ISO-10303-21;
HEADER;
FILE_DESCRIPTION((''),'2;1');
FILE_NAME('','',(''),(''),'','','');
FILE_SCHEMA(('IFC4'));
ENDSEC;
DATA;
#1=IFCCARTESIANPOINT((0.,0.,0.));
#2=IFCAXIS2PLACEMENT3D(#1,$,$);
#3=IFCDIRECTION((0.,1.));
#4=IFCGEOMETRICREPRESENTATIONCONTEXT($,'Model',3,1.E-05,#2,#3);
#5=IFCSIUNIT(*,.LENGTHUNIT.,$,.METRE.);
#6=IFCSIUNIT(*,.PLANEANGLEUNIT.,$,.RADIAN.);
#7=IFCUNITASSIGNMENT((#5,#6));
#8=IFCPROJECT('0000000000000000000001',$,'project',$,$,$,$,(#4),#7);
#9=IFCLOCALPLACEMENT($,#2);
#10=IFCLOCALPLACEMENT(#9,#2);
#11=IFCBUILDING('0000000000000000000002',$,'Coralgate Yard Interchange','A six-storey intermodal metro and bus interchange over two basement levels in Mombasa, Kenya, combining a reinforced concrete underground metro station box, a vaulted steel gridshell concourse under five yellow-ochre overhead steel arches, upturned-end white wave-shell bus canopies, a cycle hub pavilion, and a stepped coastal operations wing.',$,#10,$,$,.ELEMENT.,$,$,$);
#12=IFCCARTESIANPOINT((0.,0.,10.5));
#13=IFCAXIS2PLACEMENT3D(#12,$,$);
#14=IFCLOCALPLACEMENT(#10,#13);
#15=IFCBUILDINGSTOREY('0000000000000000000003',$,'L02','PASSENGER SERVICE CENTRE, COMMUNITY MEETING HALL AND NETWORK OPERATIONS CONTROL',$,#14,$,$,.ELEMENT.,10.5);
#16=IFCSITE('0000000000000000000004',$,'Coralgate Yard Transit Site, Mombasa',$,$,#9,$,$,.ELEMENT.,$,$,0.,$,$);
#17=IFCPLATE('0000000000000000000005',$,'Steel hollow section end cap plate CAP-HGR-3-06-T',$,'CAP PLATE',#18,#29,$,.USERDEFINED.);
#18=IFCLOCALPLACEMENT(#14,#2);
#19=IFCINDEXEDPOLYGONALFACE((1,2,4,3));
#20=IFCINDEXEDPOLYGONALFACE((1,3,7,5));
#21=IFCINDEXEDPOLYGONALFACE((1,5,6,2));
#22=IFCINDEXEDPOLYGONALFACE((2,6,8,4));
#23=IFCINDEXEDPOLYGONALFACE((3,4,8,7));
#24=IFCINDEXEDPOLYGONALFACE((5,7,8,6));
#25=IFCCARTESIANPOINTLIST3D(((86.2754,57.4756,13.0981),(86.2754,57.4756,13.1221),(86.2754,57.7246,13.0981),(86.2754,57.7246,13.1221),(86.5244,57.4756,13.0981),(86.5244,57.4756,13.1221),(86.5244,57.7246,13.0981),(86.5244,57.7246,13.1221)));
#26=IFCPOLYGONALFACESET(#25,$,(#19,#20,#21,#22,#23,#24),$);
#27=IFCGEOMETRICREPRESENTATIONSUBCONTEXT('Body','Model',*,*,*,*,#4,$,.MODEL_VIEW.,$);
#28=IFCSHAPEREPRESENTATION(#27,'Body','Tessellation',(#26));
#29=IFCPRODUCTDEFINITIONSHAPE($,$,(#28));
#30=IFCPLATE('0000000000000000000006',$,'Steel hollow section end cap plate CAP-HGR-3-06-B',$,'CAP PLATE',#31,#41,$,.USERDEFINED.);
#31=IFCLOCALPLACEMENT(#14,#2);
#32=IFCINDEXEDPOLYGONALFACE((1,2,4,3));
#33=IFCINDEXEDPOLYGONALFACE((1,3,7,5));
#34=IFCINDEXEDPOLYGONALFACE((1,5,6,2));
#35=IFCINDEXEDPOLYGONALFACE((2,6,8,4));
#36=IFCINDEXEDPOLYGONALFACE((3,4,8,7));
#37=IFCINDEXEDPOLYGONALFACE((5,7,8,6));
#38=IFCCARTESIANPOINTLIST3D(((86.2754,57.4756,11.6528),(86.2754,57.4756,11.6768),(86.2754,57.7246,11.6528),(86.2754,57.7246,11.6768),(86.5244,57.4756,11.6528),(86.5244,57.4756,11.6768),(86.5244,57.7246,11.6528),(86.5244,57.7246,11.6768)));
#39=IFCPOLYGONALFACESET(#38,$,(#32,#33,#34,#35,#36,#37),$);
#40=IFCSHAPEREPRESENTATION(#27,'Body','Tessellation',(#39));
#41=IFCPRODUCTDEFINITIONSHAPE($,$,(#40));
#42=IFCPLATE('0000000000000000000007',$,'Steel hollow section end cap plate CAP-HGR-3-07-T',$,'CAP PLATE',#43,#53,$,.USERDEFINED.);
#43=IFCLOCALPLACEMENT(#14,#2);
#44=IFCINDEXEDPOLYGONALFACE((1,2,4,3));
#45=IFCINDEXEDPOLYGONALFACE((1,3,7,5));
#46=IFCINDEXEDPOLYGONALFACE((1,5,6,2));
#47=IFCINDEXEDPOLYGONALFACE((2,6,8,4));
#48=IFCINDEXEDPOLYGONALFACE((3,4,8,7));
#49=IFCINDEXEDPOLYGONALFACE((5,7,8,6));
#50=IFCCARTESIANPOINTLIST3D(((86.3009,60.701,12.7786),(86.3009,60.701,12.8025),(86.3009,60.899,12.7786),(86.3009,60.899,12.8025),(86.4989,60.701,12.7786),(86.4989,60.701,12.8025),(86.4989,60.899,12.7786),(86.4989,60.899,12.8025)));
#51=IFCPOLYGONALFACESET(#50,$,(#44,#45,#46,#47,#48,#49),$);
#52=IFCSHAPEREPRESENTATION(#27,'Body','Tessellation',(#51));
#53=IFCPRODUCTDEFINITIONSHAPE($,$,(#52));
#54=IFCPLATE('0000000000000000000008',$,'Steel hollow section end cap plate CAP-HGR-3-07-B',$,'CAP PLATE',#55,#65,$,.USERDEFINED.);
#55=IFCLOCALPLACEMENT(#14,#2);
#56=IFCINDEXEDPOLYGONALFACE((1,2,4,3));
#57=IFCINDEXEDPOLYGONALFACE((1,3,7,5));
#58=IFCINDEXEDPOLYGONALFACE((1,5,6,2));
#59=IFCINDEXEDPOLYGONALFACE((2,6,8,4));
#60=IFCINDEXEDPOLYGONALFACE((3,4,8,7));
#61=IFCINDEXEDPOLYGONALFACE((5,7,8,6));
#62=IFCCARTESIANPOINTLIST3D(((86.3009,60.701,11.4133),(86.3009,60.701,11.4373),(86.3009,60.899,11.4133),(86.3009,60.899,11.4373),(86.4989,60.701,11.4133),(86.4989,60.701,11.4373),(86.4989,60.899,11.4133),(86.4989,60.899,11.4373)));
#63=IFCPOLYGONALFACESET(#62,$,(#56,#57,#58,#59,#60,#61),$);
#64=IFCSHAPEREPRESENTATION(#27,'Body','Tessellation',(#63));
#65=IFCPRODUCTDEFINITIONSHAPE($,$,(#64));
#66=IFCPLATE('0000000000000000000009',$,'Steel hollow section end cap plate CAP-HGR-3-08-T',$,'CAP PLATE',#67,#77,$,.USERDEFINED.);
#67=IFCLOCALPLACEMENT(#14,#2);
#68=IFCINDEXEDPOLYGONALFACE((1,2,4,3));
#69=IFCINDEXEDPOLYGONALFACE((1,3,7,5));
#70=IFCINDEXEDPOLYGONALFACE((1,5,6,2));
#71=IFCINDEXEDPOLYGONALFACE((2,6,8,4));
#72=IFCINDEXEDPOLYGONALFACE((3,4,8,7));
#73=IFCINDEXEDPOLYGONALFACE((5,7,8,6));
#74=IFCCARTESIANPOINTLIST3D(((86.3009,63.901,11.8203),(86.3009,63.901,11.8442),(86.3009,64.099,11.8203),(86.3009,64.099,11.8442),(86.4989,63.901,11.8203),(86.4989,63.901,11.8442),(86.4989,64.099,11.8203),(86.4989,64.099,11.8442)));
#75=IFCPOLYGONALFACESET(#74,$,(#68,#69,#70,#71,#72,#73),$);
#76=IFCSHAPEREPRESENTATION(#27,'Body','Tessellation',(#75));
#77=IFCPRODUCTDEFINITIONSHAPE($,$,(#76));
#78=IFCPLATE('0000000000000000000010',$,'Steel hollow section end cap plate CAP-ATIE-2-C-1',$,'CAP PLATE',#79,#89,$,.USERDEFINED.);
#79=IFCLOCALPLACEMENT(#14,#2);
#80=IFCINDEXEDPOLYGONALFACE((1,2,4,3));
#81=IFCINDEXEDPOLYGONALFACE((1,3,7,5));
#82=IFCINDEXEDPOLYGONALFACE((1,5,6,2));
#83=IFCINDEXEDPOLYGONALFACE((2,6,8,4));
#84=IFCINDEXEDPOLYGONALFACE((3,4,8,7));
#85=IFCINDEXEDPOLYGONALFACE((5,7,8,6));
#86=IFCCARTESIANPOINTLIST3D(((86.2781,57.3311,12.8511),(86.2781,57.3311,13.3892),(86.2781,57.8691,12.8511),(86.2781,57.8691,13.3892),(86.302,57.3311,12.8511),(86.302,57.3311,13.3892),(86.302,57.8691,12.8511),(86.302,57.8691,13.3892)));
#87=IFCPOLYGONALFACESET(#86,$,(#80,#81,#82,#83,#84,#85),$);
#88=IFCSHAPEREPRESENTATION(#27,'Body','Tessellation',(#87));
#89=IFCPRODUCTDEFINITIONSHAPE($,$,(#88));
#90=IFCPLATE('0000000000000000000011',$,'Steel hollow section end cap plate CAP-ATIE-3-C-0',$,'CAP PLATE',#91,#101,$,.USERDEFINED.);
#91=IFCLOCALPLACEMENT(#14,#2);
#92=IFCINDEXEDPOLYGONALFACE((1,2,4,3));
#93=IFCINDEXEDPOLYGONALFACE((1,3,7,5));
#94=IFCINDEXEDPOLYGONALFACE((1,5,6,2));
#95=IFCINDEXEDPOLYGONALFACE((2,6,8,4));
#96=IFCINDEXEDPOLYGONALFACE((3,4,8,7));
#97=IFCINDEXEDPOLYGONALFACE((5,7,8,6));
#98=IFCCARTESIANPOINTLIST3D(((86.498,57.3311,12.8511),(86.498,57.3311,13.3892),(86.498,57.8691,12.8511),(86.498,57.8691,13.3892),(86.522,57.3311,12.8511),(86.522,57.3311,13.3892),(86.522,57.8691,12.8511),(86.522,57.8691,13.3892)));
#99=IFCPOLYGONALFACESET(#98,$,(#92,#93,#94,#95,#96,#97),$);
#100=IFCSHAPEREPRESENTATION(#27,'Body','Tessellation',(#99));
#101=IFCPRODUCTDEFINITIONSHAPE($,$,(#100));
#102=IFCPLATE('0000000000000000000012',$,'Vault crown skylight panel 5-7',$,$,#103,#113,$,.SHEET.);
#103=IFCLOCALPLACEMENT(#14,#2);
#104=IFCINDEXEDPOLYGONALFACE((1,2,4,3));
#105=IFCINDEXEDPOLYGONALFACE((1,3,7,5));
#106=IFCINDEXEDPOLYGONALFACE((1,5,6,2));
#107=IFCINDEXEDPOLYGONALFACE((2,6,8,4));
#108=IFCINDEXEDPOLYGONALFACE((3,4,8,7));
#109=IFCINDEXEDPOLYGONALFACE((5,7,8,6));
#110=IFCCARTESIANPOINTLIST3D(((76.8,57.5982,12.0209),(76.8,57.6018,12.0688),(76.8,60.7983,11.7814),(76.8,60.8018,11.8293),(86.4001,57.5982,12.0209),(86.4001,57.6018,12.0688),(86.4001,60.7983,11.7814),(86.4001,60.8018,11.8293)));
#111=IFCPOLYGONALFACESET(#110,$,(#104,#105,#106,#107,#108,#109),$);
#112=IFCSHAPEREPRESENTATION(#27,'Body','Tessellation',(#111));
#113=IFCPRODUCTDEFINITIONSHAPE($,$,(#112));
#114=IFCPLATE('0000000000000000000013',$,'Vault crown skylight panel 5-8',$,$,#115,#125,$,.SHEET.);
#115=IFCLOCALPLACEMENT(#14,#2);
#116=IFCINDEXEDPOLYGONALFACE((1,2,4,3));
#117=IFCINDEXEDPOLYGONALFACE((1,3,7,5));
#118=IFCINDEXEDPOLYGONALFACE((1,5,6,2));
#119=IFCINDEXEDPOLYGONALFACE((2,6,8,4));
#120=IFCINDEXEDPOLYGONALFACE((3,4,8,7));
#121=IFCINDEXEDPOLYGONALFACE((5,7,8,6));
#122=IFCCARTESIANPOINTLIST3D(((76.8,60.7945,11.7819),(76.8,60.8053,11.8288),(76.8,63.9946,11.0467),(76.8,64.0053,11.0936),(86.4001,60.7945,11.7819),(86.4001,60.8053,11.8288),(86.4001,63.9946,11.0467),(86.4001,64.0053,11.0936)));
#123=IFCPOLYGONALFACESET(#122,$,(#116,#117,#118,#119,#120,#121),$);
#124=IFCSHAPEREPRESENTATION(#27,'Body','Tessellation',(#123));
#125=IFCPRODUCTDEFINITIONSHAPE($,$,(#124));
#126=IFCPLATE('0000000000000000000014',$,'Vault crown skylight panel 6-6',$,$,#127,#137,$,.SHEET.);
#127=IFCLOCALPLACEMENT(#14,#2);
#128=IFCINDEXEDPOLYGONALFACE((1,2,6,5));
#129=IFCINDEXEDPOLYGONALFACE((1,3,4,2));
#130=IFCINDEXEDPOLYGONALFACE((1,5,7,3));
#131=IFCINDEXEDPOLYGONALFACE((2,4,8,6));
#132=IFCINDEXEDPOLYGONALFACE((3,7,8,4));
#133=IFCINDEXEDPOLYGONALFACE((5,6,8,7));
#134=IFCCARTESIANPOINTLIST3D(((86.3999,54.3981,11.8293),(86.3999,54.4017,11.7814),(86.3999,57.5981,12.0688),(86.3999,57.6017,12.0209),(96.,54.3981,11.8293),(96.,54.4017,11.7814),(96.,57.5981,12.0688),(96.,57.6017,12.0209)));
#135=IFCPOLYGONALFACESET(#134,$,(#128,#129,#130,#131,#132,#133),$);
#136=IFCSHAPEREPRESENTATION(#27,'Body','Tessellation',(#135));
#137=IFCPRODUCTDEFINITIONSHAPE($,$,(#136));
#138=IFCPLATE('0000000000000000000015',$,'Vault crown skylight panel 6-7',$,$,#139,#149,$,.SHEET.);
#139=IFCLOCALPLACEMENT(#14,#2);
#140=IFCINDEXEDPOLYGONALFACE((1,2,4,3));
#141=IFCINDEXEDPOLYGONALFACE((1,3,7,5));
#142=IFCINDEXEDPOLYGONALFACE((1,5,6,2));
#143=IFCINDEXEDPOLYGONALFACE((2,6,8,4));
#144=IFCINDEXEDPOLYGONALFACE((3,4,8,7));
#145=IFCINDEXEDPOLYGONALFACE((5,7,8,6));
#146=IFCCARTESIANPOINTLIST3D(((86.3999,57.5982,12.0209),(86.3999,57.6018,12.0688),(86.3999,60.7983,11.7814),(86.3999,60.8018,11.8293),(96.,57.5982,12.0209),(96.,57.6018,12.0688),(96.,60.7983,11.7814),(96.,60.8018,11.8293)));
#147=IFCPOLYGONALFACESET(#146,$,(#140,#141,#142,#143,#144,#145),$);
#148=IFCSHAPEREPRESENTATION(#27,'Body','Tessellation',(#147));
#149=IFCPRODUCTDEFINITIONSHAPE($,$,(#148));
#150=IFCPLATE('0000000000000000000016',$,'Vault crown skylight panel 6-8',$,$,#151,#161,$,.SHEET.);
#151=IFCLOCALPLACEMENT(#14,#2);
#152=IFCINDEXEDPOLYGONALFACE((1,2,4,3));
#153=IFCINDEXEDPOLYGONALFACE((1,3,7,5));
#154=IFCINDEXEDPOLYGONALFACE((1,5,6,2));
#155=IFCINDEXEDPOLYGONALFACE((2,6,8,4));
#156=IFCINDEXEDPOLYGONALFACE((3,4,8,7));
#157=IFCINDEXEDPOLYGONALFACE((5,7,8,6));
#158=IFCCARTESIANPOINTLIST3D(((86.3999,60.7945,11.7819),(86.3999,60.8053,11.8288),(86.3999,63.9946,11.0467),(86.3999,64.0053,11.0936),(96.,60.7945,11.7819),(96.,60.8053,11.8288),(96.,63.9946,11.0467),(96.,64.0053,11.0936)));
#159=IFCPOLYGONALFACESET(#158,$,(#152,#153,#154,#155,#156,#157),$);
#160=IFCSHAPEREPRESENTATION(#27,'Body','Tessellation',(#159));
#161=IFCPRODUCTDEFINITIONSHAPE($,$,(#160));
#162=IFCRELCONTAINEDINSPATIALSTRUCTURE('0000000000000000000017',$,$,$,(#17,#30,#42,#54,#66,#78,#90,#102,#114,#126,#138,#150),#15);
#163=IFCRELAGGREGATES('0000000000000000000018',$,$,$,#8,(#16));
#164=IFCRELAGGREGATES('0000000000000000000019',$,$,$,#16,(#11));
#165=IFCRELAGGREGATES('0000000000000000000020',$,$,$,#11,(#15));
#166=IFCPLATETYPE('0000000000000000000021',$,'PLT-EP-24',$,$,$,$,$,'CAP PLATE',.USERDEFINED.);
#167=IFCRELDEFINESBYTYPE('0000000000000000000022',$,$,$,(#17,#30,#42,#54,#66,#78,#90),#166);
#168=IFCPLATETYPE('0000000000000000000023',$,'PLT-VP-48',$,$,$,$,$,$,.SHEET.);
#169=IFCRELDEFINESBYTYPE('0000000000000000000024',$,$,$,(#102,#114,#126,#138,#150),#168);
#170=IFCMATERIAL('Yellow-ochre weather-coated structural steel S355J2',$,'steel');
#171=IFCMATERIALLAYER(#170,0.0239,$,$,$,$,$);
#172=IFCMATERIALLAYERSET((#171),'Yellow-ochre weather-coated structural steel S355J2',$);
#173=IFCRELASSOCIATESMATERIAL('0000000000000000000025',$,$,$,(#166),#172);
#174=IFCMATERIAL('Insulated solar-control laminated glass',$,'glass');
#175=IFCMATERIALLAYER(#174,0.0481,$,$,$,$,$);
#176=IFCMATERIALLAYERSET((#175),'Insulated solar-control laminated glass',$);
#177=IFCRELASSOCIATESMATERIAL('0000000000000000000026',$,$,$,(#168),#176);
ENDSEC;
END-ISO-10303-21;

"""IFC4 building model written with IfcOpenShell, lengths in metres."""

from ifc_helpers import new_model, si_unit, direction, frame, origin, origin_2d, place, context, subcontext, project, spatial, rectangle, extrude, material, layer, layer_set, type_object, element, save


model = new_model("IFC4")

# Units and contexts
model_context = context("Model", 3, precision=1e-05, world=origin(), true_north=direction((0.0, 1.0)))
body_context = subcontext(model_context, "Body", "Model", "MODEL_VIEW")
ifc_project = project(units=[si_unit("LENGTHUNIT", "METRE"), si_unit("PLANEANGLEUNIT", "RADIAN")], contexts=[model_context])

# Site, building, storey
site_placement = place(None, origin())
site = spatial("IfcSite", under=ifc_project, at=site_placement, Name="Coralgate Yard Transit Site, Mombasa", CompositionType="ELEMENT", RefElevation=0.0)
building_placement = place(site_placement, origin())
building = spatial("IfcBuilding", under=site, at=building_placement, Name="Coralgate Yard Interchange", Description="A six-storey intermodal metro and bus interchange over two basement levels in Mombasa, Kenya, combining a reinforced concrete underground metro station box, a vaulted steel gridshell concourse under five yellow-ochre overhead steel arches, upturned-end white wave-shell bus canopies, a cycle hub pavilion, and a stepped coastal operations wing.", CompositionType="ELEMENT")
storey_placement = place(building_placement, frame((0.0, 0.0, 10.5)))
storey = spatial("IfcBuildingStorey", under=building, at=storey_placement, Name="L02", Description="PASSENGER SERVICE CENTRE, COMMUNITY MEETING HALL AND NETWORK OPERATIONS CONTROL", CompositionType="ELEMENT", Elevation=10.5)

# Shared definitions
ifc_material_1 = material(Name="Yellow-ochre weather-coated structural steel S355J2", Category="steel")

# Plates
ifc_layer_1 = layer(ifc_material_1, 0.0239)
ifc_layer_set_1 = layer_set([ifc_layer_1], Name="Yellow-ochre weather-coated structural steel S355J2")
plate_type_1 = type_object("IfcPlateType", Name="PLT-EP-24", ElementType="CAP PLATE", PredefinedType="USERDEFINED", material=ifc_layer_set_1)
for number, where, z_axis, x_axis, name in (
    (1, (86.3999, 57.6001, 13.0981), (0.0, 0.0, 1.0), (1.0, 0.0, 0.0), "Steel hollow section end cap plate CAP-HGR-3-06-T"),
    (2, (86.3999, 57.6001, 11.6768), (0.0, 0.0, -1.0), (1.0, 0.0, 0.0), "Steel hollow section end cap plate CAP-HGR-3-06-B"),
):
    element("IfcPlate", number, at=place(storey_placement, frame(where, z_axis=z_axis, x_axis=x_axis)), inside=storey, type_object=plate_type_1, Name=name, ObjectType="CAP PLATE", PredefinedType="USERDEFINED", context=body_context, shape_type="SweptSolid", body=[
        extrude(rectangle(XDim=0.249, YDim=0.249, at=origin_2d()), origin(), (0.0, 0.0, 1.0), 0.0239),
    ])
for number, where, z_axis, x_axis, name in (
    (3, (86.3999, 60.8, 12.7786), (0.0, 0.0, 1.0), (1.0, 0.0, 0.0), "Steel hollow section end cap plate CAP-HGR-3-07-T"),
    (4, (86.3999, 60.8, 11.4373), (0.0, 0.0, -1.0), (1.0, 0.0, 0.0), "Steel hollow section end cap plate CAP-HGR-3-07-B"),
    (5, (86.3999, 64.0, 11.8203), (0.0, 0.0, 1.0), (1.0, 0.0, 0.0), "Steel hollow section end cap plate CAP-HGR-3-08-T"),
):
    element("IfcPlate", number, at=place(storey_placement, frame(where, z_axis=z_axis, x_axis=x_axis)), inside=storey, type_object=plate_type_1, Name=name, ObjectType="CAP PLATE", PredefinedType="USERDEFINED", context=body_context, shape_type="SweptSolid", body=[
        extrude(rectangle(XDim=0.198, YDim=0.198, at=origin_2d()), origin(), (0.0, 0.0, 1.0), 0.0239),
    ])
for number, where, z_axis, x_axis, name in (
    (6, (86.2781, 57.6001, 13.1201), (1.0, 0.0, 0.0), (0.0, 1.0, 0.0), "Steel hollow section end cap plate CAP-ATIE-2-C-1"),
    (7, (86.522, 57.6001, 13.1201), (-1.0, 0.0, 0.0), (0.0, -1.0, 0.0), "Steel hollow section end cap plate CAP-ATIE-3-C-0"),
):
    element("IfcPlate", number, at=place(storey_placement, frame(where, z_axis=z_axis, x_axis=x_axis)), inside=storey, type_object=plate_type_1, Name=name, ObjectType="CAP PLATE", PredefinedType="USERDEFINED", context=body_context, shape_type="SweptSolid", body=[
        extrude(rectangle(XDim=0.5381, YDim=0.5381, at=origin_2d()), origin(), (0.0, 0.0, 1.0), 0.0239),
    ])
ifc_material_2 = material(Name="Insulated solar-control laminated glass", Category="glass")
ifc_layer_2 = layer(ifc_material_2, 0.0481)
ifc_layer_set_2 = layer_set([ifc_layer_2], Name="Insulated solar-control laminated glass")
plate_type_2 = type_object("IfcPlateType", Name="PLT-VP-48", PredefinedType="SHEET", material=ifc_layer_set_2)
plate_1_placement = place(storey_placement, frame((81.6001, 59.1982, 11.9011), z_axis=(0.0, 0.074635, 0.997211), x_axis=(1.0, 0.0, 0.0)))
element("IfcPlate", 8, at=plate_1_placement, inside=storey, type_object=plate_type_2, Name="Vault crown skylight panel 5-7", PredefinedType="SHEET", context=body_context, shape_type="SweptSolid", body=[
    extrude(rectangle(XDim=9.6001, YDim=3.209, at=origin_2d()), origin(), (0.0, 0.0, 1.0), 0.0481),
])
plate_2_placement = place(storey_placement, frame((81.6001, 62.3945, 11.4143), z_axis=(0.0, 0.223916, 0.974608), x_axis=(1.0, 0.0, 0.0)))
element("IfcPlate", 9, at=plate_2_placement, inside=storey, type_object=plate_type_2, Name="Vault crown skylight panel 5-8", PredefinedType="SHEET", context=body_context, shape_type="SweptSolid", body=[
    extrude(rectangle(XDim=9.6001, YDim=3.2834, at=origin_2d()), origin(), (0.0, 0.0, 1.0), 0.0481),
])
for number, where, z_axis, x_axis, name in (
    (10, (91.2, 56.0017, 11.9011), (0.0, -0.074635, 0.997211), (1.0, 0.0, 0.0), "Vault crown skylight panel 6-6"),
    (11, (91.2, 59.1982, 11.9011), (0.0, 0.074635, 0.997211), (1.0, 0.0, 0.0), "Vault crown skylight panel 6-7"),
):
    element("IfcPlate", number, at=place(storey_placement, frame(where, z_axis=z_axis, x_axis=x_axis)), inside=storey, type_object=plate_type_2, Name=name, PredefinedType="SHEET", context=body_context, shape_type="SweptSolid", body=[
        extrude(rectangle(XDim=9.6001, YDim=3.209, at=origin_2d()), origin(), (0.0, 0.0, 1.0), 0.0481),
    ])
plate_3_placement = place(storey_placement, frame((91.2, 62.3945, 11.4143), z_axis=(0.0, 0.223916, 0.974608), x_axis=(1.0, 0.0, 0.0)))
element("IfcPlate", 12, at=plate_3_placement, inside=storey, type_object=plate_type_2, Name="Vault crown skylight panel 6-8", PredefinedType="SHEET", context=body_context, shape_type="SweptSolid", body=[
    extrude(rectangle(XDim=9.6001, YDim=3.2834, at=origin_2d()), origin(), (0.0, 0.0, 1.0), 0.0481),
])

save(model, "model.ifc")
